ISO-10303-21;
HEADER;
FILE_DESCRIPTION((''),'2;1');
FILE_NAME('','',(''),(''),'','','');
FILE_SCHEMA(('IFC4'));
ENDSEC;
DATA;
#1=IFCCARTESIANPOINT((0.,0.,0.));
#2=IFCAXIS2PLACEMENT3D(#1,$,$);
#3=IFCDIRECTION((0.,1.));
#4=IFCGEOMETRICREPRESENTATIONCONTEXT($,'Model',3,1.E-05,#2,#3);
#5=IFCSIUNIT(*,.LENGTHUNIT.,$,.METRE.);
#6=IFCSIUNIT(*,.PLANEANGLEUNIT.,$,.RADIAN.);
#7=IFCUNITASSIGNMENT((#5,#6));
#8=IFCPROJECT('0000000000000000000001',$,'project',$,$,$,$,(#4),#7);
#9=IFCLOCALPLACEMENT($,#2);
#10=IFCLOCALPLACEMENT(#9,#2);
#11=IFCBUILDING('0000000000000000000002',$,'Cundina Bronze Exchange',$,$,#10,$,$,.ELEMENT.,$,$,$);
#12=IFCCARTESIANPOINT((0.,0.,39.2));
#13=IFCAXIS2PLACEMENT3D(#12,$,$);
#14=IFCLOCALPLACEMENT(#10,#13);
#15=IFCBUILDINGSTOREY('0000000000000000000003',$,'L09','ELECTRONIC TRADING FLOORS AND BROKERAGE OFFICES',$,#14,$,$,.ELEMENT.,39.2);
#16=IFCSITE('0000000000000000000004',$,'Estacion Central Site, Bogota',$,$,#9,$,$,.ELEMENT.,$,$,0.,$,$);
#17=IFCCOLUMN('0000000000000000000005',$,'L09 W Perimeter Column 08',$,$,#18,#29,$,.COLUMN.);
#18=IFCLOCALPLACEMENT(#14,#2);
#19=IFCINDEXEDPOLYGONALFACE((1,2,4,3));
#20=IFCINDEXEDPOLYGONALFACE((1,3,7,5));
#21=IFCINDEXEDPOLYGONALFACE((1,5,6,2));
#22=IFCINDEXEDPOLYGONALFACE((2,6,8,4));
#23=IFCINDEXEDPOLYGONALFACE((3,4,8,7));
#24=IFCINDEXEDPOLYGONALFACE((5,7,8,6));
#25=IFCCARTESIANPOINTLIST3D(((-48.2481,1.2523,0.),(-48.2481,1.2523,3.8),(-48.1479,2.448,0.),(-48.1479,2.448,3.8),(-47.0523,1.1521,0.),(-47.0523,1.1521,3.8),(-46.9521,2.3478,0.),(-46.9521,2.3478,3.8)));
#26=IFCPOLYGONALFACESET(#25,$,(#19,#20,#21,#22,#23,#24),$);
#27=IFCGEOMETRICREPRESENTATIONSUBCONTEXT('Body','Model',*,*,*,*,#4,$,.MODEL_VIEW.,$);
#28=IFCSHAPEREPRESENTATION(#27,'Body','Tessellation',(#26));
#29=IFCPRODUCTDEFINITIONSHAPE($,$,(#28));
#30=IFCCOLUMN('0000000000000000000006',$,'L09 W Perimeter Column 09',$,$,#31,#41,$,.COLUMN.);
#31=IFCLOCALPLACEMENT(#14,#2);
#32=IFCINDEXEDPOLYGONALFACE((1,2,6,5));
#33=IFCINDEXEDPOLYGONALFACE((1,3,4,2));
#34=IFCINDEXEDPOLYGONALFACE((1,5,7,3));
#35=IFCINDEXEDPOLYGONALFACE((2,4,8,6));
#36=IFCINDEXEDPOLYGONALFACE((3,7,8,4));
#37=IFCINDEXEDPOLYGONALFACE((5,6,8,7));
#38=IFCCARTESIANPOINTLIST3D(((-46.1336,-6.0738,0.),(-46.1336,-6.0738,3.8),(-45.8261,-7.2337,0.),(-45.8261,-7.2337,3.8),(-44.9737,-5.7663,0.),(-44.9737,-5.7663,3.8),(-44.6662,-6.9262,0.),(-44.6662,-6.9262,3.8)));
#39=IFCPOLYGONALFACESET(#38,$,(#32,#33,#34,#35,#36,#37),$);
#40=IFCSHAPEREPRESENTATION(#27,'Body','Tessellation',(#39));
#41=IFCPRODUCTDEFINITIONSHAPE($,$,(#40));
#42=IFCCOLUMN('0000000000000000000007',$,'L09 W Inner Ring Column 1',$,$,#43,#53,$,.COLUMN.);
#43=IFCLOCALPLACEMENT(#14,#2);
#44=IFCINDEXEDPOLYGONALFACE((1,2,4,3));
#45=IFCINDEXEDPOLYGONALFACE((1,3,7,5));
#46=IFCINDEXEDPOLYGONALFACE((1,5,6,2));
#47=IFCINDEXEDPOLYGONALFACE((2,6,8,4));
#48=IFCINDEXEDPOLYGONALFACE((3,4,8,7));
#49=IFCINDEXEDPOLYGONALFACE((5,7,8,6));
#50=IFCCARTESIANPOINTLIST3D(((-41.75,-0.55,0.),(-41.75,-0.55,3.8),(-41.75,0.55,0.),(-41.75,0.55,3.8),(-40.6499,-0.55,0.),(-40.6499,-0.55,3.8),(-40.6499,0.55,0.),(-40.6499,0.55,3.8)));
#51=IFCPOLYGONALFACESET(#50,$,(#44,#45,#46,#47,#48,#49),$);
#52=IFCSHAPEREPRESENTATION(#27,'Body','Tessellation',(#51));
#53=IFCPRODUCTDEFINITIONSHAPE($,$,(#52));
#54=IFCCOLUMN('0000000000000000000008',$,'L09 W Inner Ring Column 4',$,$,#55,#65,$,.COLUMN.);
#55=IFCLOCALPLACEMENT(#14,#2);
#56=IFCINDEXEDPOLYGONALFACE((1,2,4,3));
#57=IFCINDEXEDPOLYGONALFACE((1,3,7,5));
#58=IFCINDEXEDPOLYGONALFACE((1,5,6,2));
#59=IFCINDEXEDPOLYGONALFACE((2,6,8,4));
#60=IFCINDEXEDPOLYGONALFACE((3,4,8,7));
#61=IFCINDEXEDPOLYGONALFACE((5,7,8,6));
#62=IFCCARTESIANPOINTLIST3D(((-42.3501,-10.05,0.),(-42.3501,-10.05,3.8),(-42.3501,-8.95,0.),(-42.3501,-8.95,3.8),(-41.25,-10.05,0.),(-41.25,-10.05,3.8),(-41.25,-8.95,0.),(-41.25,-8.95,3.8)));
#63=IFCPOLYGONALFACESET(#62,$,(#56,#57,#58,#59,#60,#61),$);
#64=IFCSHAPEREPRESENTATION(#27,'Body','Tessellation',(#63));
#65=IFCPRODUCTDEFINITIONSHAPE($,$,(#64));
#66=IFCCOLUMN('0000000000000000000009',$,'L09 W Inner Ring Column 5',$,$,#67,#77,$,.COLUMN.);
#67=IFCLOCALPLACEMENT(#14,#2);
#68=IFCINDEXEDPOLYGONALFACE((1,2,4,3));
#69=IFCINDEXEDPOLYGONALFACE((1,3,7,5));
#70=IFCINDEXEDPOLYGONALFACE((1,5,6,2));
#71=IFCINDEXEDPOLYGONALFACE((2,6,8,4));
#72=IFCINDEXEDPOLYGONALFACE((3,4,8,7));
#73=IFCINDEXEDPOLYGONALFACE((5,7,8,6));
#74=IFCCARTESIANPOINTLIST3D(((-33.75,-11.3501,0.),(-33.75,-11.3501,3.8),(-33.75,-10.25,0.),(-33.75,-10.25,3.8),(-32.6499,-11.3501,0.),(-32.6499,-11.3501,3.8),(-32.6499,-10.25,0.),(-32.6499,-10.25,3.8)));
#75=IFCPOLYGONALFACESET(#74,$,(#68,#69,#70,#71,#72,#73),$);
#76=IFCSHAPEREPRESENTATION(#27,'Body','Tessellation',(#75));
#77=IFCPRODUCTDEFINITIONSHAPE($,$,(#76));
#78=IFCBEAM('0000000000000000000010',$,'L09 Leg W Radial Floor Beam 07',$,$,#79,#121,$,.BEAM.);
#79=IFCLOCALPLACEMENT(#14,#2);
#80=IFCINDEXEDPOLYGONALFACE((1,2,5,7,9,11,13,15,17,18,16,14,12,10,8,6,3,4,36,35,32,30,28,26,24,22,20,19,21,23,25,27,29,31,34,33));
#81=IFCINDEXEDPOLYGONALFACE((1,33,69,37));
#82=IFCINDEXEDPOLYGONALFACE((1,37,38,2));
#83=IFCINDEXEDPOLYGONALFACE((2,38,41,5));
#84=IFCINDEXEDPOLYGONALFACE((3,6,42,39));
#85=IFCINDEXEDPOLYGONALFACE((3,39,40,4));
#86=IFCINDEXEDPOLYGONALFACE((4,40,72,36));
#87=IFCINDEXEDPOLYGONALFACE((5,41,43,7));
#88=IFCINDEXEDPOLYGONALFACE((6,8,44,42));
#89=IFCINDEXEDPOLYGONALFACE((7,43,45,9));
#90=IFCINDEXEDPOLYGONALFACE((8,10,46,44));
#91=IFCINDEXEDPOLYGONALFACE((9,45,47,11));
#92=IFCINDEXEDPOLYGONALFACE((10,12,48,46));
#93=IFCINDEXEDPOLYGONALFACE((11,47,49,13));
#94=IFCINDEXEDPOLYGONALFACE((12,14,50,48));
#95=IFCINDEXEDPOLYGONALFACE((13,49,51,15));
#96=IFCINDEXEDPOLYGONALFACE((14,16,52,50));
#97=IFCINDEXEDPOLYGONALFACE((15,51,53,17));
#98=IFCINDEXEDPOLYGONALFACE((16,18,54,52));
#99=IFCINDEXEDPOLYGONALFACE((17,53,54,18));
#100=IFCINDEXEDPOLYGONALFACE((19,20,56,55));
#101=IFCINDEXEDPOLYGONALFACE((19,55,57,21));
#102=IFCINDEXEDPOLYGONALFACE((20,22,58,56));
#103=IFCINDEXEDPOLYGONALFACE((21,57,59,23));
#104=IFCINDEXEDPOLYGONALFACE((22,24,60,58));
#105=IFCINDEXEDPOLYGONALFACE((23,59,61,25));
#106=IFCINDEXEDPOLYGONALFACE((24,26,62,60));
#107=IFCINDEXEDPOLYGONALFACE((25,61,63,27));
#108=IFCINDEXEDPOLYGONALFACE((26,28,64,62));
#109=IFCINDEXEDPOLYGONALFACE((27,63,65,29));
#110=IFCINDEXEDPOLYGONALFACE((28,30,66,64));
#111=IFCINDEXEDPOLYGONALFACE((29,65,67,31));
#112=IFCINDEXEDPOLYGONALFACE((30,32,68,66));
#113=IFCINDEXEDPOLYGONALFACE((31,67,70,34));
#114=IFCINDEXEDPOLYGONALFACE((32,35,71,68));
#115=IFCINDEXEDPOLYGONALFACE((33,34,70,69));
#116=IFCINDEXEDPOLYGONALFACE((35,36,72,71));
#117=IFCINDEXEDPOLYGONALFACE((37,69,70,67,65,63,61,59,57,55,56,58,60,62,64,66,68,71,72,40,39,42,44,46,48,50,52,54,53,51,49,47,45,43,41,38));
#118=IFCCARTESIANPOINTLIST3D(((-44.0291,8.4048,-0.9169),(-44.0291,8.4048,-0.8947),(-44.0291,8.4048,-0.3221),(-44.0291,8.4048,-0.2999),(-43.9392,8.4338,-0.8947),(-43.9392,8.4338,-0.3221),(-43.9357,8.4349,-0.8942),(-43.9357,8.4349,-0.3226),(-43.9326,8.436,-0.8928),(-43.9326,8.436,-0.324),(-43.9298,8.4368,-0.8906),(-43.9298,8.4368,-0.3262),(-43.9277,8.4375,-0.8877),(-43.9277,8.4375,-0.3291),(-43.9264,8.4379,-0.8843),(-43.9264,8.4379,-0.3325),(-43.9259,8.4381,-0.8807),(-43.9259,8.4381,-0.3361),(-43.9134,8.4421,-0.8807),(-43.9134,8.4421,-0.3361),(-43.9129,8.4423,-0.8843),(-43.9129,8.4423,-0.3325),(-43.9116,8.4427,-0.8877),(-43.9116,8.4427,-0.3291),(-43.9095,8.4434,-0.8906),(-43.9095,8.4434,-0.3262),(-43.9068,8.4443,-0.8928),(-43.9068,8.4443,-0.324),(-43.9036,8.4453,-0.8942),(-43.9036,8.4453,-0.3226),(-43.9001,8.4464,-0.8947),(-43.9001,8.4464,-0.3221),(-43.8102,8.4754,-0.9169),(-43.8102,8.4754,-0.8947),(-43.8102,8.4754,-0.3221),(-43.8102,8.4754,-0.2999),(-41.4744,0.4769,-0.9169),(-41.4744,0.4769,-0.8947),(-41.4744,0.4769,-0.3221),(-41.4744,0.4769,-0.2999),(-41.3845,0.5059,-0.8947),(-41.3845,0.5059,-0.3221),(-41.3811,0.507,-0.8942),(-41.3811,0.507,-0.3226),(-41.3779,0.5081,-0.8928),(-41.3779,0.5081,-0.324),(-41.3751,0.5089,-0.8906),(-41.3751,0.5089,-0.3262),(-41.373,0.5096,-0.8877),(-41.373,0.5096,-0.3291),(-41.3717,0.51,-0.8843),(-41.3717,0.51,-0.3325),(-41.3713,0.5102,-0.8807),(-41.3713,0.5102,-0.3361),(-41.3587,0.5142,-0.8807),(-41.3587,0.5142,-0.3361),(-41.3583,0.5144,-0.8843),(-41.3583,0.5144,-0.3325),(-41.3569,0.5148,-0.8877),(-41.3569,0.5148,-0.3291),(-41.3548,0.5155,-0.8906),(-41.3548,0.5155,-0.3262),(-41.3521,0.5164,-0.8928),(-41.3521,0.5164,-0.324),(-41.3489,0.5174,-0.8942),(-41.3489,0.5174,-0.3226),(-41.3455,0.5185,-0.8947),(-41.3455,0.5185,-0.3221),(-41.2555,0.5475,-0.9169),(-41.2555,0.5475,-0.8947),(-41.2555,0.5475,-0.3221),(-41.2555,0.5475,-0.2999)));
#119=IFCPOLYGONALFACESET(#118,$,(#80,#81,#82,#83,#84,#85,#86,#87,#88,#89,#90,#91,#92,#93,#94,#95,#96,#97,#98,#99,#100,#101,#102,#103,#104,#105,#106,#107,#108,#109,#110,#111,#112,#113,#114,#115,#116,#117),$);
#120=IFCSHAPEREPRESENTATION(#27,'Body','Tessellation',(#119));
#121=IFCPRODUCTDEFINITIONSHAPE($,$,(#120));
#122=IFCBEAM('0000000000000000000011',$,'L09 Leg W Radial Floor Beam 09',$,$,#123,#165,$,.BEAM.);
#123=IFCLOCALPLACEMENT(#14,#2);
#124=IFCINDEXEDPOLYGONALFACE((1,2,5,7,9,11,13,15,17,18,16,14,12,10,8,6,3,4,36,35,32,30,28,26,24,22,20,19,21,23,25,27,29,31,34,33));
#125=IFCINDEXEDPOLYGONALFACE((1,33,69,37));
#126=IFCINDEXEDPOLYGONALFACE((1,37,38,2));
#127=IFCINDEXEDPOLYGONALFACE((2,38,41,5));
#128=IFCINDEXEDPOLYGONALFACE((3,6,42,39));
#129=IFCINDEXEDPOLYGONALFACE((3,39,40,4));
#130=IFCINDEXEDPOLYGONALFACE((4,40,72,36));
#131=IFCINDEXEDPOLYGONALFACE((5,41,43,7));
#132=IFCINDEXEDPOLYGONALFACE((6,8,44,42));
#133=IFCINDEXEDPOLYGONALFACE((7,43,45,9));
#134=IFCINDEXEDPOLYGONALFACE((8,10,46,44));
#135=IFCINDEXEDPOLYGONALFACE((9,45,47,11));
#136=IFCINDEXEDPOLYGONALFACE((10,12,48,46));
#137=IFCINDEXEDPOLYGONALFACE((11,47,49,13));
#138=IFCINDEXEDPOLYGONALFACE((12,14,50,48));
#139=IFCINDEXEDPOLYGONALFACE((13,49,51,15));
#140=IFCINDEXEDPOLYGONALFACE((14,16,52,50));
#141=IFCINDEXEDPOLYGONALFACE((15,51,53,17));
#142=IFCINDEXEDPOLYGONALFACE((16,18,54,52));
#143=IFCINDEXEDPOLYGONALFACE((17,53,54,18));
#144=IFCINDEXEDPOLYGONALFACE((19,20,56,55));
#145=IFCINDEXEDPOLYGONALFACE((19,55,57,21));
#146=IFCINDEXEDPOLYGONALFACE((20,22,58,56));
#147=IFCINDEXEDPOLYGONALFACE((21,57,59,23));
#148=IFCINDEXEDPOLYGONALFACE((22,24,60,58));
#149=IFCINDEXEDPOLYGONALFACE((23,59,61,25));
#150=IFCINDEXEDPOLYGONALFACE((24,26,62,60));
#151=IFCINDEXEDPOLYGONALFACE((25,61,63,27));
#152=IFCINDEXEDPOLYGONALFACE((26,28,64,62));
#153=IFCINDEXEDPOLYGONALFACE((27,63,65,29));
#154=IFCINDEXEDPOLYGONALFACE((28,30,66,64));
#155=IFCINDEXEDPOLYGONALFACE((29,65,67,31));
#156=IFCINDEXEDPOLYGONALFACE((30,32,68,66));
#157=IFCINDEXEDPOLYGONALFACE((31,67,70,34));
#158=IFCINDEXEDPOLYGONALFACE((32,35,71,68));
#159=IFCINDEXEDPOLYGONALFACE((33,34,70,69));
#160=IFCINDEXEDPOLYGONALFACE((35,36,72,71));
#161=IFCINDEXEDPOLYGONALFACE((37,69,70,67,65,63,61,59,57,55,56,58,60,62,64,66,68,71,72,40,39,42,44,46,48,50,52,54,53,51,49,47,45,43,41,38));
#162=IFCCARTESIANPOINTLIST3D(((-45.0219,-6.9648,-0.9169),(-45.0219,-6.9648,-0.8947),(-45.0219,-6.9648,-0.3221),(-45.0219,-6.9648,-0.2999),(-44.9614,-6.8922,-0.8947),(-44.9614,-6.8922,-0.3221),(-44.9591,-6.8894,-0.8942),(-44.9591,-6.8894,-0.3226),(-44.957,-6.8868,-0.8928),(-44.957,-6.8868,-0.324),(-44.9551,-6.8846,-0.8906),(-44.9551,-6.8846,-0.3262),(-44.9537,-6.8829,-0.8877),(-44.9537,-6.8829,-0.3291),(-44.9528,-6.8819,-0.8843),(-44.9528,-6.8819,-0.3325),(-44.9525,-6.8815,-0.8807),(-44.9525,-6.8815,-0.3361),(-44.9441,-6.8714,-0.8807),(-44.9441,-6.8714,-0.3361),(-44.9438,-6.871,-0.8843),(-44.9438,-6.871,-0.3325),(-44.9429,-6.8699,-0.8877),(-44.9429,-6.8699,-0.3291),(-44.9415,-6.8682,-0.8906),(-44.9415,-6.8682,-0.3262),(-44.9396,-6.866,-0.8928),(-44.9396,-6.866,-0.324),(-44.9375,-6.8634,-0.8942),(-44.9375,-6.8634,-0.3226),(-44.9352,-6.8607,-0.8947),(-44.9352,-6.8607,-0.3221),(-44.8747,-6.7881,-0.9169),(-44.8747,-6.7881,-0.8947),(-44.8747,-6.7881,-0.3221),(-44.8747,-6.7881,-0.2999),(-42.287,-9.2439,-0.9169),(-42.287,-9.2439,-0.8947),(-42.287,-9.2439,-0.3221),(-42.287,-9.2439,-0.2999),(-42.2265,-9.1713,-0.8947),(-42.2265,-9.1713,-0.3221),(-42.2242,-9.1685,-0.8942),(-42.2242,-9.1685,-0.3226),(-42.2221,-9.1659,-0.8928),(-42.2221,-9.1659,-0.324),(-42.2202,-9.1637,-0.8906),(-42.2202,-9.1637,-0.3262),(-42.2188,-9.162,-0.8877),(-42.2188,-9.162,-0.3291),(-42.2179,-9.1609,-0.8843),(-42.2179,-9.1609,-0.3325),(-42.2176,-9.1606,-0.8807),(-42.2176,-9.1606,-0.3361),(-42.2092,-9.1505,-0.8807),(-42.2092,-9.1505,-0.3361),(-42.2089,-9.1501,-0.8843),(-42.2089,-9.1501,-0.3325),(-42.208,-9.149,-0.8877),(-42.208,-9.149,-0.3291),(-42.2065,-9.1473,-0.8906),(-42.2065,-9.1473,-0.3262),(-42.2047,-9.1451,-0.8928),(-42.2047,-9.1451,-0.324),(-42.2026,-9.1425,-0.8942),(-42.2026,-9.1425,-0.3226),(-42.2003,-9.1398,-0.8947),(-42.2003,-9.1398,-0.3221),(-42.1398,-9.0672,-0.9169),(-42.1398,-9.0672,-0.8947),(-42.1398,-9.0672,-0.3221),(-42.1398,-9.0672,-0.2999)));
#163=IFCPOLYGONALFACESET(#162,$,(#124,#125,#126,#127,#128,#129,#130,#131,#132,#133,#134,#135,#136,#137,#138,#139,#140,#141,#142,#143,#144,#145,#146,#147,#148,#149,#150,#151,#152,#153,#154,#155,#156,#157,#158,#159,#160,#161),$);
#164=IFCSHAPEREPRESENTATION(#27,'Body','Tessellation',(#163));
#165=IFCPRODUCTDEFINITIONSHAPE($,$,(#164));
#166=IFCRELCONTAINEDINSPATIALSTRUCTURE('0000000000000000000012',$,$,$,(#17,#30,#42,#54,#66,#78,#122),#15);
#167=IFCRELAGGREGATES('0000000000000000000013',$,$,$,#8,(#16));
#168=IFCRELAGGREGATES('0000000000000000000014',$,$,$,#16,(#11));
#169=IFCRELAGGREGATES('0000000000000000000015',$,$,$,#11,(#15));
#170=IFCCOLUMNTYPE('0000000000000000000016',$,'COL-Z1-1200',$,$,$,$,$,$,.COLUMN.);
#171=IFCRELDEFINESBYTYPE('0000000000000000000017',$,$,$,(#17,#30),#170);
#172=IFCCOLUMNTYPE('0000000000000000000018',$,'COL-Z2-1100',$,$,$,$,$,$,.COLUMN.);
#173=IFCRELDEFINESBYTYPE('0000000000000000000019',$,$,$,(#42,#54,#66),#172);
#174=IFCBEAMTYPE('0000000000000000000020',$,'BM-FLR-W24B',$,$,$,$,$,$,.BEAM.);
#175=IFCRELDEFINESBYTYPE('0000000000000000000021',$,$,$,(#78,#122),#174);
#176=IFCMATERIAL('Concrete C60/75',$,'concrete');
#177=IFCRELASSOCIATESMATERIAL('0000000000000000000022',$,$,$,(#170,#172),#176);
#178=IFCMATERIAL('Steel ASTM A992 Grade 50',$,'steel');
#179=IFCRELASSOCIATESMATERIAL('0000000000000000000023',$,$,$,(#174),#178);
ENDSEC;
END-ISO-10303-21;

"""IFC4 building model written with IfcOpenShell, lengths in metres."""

from ifc_helpers import new_model, si_unit, direction, frame, origin, origin_2d, place, context, subcontext, project, spatial, rectangle, i_section, extrude, material, material_profile, profile_set, type_object, element, save


model = new_model("IFC4")

# Units and contexts
model_context = context("Model", 3, precision=1e-05, world=origin(), true_north=direction((0.0, 1.0)))
body_context = subcontext(model_context, "Body", "Model", "MODEL_VIEW")
ifc_project = project(units=[si_unit("LENGTHUNIT", "METRE"), si_unit("PLANEANGLEUNIT", "RADIAN")], contexts=[model_context])

# Site, building, storey
site_placement = place(None, origin())
site = spatial("IfcSite", under=ifc_project, at=site_placement, Name="Estacion Central Site, Bogota", CompositionType="ELEMENT", RefElevation=0.0)
building_placement = place(site_placement, origin())
building = spatial("IfcBuilding", under=site, at=building_placement, Name="Cundina Bronze Exchange", CompositionType="ELEMENT")
storey_placement = place(building_placement, frame((0.0, 0.0, 39.2)))
storey = spatial("IfcBuildingStorey", under=building, at=storey_placement, Name="L09", Description="ELECTRONIC TRADING FLOORS AND BROKERAGE OFFICES", CompositionType="ELEMENT", Elevation=39.2)

# Columns
ifc_material_1 = material(Name="Concrete C60/75", Category="concrete")
ifc_material_profile_1 = material_profile(ifc_material_1, rectangle(XDim=1.2, YDim=1.2, at=origin_2d()), Name="RC1200X1200", Category="concrete")
ifc_profile_set_1 = profile_set([ifc_material_profile_1], Name="Concrete C60/75")
column_type_1 = type_object("IfcColumnType", Name="COL-Z1-1200", PredefinedType="COLUMN", material=ifc_profile_set_1)
for number, where, z_axis, x_axis, name in (
    (1, (-47.6001, 1.8, 0.0), (0.0, 0.0, 1.0), (-0.083504, -0.996507, 0.0), "L09 W Perimeter Column 08"),
    (2, (-45.3999, -6.5, 0.0), (0.0, 0.0, 1.0), (0.256289, -0.9666, 0.0), "L09 W Perimeter Column 09"),
):
    element("IfcColumn", number, at=place(storey_placement, frame(where, z_axis=z_axis, x_axis=x_axis)), inside=storey, type_object=column_type_1, Name=name, PredefinedType="COLUMN", context=body_context, shape_type="SweptSolid", body=[
        extrude(rectangle(XDim=1.2, YDim=1.2, at=origin_2d()), origin(), (0.0, 0.0, 1.0), 3.8),
    ])
ifc_material_profile_2 = material_profile(ifc_material_1, rectangle(XDim=1.1001, YDim=1.1001, at=origin_2d()), Name="RC1100X1100", Category="concrete")
ifc_profile_set_2 = profile_set([ifc_material_profile_2], Name="Concrete C60/75")
column_type_2 = type_object("IfcColumnType", Name="COL-Z2-1100", PredefinedType="COLUMN", material=ifc_profile_set_2)
for number, where, z_axis, x_axis, name in (
    (3, (-41.2, 0.0, 0.0), (0.0, 0.0, 1.0), (1.0, 0.0, 0.0), "L09 W Inner Ring Column 1"),
    (4, (-41.8, -9.5, 0.0), (0.0, 0.0, 1.0), (1.0, 0.0, 0.0), "L09 W Inner Ring Column 4"),
    (5, (-33.2, -10.8, 0.0), (0.0, 0.0, 1.0), (1.0, 0.0, 0.0), "L09 W Inner Ring Column 5"),
):
    element("IfcColumn", number, at=place(storey_placement, frame(where, z_axis=z_axis, x_axis=x_axis)), inside=storey, type_object=column_type_2, Name=name, PredefinedType="COLUMN", context=body_context, shape_type="SweptSolid", body=[
        extrude(rectangle(XDim=1.1001, YDim=1.1001, at=origin_2d()), origin(), (0.0, 0.0, 1.0), 3.8),
    ])

# Beams
ifc_material_2 = material(Name="Steel ASTM A992 Grade 50", Category="steel")
ifc_material_profile_3 = material_profile(ifc_material_2, i_section(OverallWidth=0.23, OverallDepth=0.6169, WebThickness=0.0132, FlangeThickness=0.0222, FilletRadius=0.0139, at=origin_2d()), Name="W24X94", Category="steel")
ifc_profile_set_3 = profile_set([ifc_material_profile_3], Name="Steel ASTM A992 Grade 50")
beam_type_1 = type_object("IfcBeamType", Name="BM-FLR-W24B", PredefinedType="BEAM", material=ifc_profile_set_3)
beam_1_placement = place(storey_placement, frame((-41.365, 0.5122, -0.6084), z_axis=(-0.306706, 0.951804, 0.0), x_axis=(-0.951804, -0.306706, 0.0)))
element("IfcBeam", 6, at=beam_1_placement, inside=storey, type_object=beam_type_1, Name="L09 Leg W Radial Floor Beam 07", PredefinedType="BEAM", context=body_context, shape_type="SweptSolid", body=[
    extrude(i_section(OverallWidth=0.23, OverallDepth=0.6169, WebThickness=0.0132, FlangeThickness=0.0222, FilletRadius=0.0139, at=origin_2d()), origin(), (0.0, 0.0, 1.0), 8.3293),
])
beam_2_placement = place(storey_placement, frame((-42.2134, -9.1555, -0.6084), z_axis=(-0.768221, 0.640184, 0.0), x_axis=(-0.640184, -0.768221, 0.0)))
element("IfcBeam", 7, at=beam_2_placement, inside=storey, type_object=beam_type_1, Name="L09 Leg W Radial Floor Beam 09", PredefinedType="BEAM", context=body_context, shape_type="SweptSolid", body=[
    extrude(i_section(OverallWidth=0.23, OverallDepth=0.6169, WebThickness=0.0132, FlangeThickness=0.0222, FilletRadius=0.0139, at=origin_2d()), origin(), (0.0, 0.0, 1.0), 3.5601),
])

save(model, "model.ifc")
